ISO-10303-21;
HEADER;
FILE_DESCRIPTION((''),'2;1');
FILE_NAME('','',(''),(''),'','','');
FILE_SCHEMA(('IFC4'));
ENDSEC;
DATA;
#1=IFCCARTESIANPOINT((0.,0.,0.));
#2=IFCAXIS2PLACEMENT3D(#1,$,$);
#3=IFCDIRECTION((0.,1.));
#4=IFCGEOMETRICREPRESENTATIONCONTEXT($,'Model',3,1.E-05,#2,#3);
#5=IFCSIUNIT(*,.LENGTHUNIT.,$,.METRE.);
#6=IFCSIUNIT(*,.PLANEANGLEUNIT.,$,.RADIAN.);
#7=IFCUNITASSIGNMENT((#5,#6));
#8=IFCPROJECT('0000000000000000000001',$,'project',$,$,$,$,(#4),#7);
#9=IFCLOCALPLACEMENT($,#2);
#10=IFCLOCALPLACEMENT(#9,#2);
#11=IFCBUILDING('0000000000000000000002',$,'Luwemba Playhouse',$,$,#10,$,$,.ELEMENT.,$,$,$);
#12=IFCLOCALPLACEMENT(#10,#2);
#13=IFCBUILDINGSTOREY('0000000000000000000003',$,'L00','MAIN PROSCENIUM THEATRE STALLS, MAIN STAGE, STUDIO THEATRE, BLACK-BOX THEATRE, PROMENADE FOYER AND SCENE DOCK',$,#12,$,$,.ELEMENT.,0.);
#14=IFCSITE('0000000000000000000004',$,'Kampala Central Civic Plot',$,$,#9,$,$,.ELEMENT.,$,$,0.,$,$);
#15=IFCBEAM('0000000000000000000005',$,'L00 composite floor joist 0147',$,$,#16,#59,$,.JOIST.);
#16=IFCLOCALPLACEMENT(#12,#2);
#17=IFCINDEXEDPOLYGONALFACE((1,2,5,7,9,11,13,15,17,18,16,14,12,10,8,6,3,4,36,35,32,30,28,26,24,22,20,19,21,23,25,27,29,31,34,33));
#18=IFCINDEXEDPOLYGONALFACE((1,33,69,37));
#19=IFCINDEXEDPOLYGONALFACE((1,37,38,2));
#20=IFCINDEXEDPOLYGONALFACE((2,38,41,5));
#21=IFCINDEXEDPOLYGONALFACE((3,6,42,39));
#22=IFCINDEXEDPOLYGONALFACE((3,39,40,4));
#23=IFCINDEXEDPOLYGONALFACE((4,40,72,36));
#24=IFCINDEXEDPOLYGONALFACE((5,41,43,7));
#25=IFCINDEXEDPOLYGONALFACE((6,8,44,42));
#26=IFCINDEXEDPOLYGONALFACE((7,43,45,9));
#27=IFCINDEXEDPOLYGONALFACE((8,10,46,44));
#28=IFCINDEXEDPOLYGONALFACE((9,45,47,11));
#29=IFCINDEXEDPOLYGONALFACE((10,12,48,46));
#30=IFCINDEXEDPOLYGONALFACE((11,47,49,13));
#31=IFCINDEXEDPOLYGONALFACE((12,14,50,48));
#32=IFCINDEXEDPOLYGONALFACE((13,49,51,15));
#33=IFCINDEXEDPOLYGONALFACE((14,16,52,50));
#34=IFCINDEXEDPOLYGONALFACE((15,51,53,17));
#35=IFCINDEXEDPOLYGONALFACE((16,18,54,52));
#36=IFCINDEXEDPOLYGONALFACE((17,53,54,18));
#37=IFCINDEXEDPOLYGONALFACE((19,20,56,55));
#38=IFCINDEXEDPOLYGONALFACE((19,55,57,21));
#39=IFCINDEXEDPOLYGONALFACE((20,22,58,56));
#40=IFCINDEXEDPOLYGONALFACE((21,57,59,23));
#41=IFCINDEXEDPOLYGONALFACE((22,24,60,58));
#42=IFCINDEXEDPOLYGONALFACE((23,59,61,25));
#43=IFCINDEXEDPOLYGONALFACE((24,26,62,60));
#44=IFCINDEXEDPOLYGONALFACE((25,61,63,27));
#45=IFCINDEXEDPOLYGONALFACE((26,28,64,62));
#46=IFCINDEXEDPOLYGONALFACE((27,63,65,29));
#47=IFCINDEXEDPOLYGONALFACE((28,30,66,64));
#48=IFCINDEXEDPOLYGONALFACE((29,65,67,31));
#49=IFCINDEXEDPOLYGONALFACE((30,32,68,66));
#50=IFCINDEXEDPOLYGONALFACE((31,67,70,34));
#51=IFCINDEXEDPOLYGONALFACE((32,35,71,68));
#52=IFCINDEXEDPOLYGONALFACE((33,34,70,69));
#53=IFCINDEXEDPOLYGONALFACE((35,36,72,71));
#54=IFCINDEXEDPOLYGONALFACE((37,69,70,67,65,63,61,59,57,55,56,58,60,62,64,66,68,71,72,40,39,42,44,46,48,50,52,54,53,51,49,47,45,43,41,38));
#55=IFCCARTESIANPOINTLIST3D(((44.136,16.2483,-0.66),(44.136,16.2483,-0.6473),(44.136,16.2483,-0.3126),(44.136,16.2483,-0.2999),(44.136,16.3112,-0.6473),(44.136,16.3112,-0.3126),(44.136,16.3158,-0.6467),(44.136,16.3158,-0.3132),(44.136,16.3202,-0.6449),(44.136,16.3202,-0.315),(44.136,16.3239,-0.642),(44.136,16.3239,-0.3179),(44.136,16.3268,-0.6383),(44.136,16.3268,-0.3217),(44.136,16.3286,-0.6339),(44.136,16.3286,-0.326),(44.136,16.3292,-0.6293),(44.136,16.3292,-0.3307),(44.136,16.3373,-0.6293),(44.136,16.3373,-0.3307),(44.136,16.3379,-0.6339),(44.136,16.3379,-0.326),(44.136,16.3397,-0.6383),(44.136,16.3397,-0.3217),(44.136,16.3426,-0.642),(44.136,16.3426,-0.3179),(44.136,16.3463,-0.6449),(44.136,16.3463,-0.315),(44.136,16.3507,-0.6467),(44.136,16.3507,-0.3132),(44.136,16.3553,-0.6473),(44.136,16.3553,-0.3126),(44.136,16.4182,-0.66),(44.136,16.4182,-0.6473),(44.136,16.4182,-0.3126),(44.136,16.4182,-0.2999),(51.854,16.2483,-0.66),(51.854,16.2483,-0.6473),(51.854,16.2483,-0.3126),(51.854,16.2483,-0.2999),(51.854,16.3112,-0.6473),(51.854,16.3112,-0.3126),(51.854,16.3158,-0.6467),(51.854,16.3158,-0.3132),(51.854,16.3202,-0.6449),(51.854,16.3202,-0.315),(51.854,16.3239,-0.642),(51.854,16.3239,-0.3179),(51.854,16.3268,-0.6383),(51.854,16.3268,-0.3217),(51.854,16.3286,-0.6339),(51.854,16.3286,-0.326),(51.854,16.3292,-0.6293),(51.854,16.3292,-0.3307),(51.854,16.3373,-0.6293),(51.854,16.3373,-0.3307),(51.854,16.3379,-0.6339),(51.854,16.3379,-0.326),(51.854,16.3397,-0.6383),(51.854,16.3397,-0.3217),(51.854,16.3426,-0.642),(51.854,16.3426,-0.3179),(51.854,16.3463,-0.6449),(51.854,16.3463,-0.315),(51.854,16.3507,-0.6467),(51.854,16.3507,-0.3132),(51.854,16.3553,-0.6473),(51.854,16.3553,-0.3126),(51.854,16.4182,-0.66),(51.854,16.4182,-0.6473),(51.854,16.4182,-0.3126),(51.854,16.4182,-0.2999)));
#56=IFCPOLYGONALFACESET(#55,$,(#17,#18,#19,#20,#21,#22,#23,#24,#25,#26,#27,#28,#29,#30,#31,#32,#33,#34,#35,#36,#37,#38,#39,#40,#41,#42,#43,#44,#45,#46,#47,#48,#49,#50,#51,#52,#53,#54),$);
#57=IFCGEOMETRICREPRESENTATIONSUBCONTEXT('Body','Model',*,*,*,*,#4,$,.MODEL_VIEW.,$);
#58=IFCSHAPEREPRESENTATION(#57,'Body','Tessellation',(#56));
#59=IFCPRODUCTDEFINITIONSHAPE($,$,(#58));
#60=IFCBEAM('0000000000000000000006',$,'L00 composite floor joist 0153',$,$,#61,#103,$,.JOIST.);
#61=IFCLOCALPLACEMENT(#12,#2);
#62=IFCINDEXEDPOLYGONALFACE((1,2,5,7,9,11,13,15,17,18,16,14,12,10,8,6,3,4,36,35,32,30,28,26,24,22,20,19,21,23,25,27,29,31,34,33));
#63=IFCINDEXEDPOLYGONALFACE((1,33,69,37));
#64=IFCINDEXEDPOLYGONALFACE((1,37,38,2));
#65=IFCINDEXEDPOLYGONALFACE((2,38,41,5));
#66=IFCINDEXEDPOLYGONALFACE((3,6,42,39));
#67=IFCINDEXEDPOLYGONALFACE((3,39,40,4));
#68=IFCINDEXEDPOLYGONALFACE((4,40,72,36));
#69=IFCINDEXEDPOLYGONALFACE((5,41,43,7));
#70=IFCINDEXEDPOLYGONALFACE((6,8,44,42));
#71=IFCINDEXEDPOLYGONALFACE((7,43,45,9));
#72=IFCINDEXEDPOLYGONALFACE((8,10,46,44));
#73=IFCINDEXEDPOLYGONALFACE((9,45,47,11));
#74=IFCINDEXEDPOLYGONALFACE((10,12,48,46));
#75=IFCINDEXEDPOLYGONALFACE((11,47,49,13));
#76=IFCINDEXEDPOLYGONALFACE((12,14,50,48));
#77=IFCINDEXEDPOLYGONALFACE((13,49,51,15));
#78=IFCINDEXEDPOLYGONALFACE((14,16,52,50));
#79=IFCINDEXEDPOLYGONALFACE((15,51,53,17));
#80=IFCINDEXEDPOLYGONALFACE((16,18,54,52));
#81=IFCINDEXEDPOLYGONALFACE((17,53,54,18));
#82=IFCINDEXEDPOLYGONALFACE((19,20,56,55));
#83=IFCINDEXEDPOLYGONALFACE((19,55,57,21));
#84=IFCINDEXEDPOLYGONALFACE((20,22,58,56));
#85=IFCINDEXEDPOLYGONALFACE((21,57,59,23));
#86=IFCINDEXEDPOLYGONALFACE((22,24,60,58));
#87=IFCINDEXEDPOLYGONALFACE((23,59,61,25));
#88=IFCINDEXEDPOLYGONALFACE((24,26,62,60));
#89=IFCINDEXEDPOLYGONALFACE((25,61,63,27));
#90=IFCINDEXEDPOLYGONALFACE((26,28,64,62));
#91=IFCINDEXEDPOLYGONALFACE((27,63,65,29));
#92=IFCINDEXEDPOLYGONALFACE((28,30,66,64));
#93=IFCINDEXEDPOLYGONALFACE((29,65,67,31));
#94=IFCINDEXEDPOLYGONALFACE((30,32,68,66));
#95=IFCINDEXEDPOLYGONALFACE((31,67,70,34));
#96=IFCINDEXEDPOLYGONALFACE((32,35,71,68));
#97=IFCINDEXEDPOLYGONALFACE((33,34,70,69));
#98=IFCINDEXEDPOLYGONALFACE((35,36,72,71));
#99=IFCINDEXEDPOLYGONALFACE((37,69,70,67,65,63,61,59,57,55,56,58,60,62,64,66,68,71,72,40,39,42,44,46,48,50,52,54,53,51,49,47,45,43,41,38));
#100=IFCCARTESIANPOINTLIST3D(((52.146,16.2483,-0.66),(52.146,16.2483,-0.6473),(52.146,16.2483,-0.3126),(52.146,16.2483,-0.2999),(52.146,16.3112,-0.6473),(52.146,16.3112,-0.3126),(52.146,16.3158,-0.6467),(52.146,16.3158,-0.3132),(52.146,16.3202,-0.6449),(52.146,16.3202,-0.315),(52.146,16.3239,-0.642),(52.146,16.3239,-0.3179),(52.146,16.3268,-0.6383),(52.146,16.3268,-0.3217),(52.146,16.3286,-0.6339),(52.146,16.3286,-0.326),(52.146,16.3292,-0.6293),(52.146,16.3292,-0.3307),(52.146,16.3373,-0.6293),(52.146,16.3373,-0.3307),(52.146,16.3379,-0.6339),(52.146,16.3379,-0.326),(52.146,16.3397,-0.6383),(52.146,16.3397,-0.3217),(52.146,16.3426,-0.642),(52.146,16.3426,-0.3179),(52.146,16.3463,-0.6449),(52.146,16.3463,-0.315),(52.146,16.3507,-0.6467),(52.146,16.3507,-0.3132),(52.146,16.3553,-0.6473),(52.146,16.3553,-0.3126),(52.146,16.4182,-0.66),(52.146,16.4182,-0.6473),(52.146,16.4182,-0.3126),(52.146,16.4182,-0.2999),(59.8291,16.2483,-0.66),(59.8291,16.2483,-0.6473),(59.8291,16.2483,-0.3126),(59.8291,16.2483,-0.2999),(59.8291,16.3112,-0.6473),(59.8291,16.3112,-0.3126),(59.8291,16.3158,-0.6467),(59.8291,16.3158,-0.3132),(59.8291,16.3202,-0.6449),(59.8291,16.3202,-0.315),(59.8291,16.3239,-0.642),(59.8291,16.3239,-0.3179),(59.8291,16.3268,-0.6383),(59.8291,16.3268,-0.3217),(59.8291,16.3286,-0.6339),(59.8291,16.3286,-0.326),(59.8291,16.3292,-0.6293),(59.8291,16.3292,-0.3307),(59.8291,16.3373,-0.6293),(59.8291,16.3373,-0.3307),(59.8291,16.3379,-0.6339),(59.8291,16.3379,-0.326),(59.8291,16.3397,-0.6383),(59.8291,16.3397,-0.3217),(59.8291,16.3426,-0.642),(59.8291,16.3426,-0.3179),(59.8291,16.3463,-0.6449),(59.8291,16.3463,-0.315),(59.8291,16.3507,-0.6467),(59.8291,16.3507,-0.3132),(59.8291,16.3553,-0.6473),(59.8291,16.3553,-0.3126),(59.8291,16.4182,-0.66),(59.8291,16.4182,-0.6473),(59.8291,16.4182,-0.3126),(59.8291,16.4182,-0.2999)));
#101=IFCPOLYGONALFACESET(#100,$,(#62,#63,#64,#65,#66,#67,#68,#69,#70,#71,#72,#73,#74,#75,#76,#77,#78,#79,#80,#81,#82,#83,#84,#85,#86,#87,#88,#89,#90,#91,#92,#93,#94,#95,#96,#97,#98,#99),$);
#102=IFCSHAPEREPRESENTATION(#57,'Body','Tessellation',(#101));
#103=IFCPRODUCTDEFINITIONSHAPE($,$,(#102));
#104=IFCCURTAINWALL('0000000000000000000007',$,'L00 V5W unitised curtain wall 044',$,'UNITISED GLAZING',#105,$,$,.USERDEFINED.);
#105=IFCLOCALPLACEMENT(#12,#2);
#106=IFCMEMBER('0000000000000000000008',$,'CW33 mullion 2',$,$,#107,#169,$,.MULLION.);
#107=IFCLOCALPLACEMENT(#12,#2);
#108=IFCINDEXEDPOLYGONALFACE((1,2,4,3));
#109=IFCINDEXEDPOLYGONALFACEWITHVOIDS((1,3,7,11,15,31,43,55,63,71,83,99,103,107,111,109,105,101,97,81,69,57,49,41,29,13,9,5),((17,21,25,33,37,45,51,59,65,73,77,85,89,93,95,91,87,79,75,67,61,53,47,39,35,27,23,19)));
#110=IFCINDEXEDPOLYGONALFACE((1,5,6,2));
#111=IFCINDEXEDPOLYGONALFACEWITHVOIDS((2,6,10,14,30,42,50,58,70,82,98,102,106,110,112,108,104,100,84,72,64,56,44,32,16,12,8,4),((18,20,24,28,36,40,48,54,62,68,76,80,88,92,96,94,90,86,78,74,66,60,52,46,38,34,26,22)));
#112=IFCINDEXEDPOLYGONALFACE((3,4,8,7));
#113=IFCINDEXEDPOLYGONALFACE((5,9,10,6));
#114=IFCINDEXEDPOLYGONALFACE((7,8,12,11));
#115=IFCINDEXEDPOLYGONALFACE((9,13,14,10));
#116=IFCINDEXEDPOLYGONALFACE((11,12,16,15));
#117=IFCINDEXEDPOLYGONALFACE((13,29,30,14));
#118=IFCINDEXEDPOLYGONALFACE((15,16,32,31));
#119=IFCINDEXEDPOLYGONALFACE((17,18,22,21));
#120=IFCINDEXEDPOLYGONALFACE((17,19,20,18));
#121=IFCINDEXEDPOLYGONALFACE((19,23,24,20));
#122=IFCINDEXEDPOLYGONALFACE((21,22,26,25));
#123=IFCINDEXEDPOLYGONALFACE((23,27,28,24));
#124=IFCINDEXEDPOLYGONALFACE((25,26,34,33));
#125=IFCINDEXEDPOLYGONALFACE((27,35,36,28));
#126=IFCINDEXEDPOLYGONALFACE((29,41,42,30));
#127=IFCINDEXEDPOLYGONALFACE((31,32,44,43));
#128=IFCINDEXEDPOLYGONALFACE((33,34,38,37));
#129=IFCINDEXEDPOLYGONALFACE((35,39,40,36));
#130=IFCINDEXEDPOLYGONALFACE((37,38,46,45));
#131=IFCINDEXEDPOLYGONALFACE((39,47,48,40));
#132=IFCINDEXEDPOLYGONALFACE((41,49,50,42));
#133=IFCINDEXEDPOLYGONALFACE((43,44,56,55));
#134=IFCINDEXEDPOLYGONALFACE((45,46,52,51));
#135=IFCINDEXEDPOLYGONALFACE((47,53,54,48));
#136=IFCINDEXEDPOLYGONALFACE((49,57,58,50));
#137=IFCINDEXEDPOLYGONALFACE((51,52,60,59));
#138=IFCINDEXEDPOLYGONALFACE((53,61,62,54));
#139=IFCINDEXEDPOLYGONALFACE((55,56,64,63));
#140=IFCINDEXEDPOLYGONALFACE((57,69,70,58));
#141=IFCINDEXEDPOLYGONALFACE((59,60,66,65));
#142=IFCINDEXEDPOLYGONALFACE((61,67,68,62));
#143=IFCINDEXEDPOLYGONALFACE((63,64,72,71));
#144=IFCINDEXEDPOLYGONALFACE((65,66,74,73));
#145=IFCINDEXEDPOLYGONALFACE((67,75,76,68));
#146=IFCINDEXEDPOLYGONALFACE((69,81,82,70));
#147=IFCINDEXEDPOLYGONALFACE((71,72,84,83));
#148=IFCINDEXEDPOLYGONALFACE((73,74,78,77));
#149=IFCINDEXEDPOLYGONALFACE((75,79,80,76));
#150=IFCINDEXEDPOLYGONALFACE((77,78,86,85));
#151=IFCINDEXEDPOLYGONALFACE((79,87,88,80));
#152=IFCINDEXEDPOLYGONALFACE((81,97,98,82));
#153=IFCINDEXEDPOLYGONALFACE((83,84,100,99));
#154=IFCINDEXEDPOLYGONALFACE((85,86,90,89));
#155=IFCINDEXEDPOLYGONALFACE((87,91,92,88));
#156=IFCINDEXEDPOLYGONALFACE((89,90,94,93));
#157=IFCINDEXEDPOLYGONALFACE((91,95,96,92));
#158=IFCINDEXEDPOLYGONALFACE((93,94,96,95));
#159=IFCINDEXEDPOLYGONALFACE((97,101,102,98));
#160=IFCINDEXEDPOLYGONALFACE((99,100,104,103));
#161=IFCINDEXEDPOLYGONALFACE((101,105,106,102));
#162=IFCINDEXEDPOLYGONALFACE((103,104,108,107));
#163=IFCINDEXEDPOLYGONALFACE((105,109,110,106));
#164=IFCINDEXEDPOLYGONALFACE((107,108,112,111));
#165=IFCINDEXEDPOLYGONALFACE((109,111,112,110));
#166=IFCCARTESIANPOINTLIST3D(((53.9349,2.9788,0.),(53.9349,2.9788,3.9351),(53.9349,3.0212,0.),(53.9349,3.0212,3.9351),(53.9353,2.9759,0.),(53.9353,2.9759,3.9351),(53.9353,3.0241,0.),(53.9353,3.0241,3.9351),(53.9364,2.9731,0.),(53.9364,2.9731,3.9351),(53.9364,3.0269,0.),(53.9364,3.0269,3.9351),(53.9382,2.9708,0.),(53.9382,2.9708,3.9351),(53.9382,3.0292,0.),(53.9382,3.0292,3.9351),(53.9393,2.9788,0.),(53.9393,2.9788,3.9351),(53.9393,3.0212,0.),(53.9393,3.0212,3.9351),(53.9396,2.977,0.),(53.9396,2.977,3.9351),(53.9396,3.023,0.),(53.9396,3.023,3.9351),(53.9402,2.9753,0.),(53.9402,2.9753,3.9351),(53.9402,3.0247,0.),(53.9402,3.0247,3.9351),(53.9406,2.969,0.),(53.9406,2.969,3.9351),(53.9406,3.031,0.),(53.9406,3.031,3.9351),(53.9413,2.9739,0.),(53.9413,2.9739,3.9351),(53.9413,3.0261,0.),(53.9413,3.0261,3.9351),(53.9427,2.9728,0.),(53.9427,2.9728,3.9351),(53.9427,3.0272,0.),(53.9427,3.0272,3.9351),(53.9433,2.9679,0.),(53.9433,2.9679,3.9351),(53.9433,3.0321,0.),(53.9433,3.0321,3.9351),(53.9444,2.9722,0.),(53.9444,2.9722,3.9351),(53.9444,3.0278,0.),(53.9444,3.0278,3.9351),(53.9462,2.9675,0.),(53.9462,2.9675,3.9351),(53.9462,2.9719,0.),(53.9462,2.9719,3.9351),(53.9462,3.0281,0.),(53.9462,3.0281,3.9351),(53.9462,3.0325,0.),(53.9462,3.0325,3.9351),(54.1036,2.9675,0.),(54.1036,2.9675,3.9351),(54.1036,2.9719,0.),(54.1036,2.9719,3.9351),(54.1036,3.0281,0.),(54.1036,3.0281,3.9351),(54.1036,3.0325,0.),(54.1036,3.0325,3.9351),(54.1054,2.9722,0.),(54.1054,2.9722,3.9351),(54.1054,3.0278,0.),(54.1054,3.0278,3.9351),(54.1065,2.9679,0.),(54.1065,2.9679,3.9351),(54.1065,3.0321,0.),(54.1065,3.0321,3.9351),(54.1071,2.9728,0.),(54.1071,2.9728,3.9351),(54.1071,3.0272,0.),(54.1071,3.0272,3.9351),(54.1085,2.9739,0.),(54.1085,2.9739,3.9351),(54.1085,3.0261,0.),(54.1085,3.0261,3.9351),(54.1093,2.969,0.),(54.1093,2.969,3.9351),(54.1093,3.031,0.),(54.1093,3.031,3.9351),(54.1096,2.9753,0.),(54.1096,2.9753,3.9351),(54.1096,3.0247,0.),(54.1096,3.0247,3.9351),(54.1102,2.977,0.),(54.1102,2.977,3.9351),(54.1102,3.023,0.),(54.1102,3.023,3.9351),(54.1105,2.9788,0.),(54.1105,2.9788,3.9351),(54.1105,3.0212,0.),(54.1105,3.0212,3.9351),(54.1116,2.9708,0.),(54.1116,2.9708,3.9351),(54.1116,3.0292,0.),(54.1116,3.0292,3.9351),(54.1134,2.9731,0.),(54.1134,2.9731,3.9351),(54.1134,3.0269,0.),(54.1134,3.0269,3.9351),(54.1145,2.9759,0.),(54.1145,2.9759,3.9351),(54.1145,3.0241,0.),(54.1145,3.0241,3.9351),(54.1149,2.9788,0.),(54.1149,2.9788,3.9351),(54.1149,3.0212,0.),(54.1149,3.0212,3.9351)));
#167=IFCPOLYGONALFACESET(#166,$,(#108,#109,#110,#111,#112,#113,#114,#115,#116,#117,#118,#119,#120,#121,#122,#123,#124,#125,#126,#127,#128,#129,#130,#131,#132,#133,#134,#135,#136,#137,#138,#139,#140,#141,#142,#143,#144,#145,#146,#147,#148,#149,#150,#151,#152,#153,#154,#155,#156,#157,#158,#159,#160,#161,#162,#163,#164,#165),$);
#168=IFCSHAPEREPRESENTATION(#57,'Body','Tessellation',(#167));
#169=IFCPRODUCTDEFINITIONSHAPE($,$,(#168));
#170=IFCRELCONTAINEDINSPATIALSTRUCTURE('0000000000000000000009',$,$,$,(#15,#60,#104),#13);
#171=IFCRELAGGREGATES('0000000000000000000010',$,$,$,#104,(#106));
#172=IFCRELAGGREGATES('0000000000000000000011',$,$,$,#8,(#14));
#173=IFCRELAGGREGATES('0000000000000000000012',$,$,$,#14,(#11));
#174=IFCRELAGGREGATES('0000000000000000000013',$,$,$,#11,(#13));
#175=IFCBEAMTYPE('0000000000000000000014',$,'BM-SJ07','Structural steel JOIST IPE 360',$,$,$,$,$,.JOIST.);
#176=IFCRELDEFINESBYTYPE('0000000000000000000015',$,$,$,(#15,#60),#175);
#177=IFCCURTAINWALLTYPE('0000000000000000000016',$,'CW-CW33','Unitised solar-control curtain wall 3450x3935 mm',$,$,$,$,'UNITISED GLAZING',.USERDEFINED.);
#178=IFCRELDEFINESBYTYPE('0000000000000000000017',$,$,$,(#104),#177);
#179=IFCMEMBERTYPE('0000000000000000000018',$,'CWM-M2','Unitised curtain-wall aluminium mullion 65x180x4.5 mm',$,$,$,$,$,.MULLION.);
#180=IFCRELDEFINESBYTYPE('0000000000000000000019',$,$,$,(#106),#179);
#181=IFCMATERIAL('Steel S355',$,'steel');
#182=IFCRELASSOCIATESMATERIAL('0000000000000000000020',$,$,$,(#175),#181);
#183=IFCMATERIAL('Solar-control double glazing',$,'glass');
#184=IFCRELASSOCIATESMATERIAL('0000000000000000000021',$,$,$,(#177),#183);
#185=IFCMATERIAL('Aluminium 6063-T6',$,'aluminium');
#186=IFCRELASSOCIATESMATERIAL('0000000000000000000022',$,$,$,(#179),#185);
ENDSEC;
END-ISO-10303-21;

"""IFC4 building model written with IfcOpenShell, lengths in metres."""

from ifc_helpers import new_model, si_unit, direction, frame, origin, origin_2d, place, context, subcontext, project, spatial, hollow_rectangle, i_section, extrude, material, material_profile, profile_set, type_object, element, aggregate, save


model = new_model("IFC4")

# Units and contexts
model_context = context("Model", 3, precision=1e-05, world=origin(), true_north=direction((0.0, 1.0)))
body_context = subcontext(model_context, "Body", "Model", "MODEL_VIEW")
ifc_project = project(units=[si_unit("LENGTHUNIT", "METRE"), si_unit("PLANEANGLEUNIT", "RADIAN")], contexts=[model_context])

# Site, building, storey
site_placement = place(None, origin())
site = spatial("IfcSite", under=ifc_project, at=site_placement, Name="Kampala Central Civic Plot", CompositionType="ELEMENT", RefElevation=0.0)
building_placement = place(site_placement, origin())
building = spatial("IfcBuilding", under=site, at=building_placement, Name="Luwemba Playhouse", CompositionType="ELEMENT")
storey_placement = place(building_placement, origin())
storey = spatial("IfcBuildingStorey", under=building, at=storey_placement, Name="L00", Description="MAIN PROSCENIUM THEATRE STALLS, MAIN STAGE, STUDIO THEATRE, BLACK-BOX THEATRE, PROMENADE FOYER AND SCENE DOCK", CompositionType="ELEMENT", Elevation=0.0)

# Beams
ifc_material_1 = material(Name="Steel S355", Category="steel")
ifc_material_profile_1 = material_profile(ifc_material_1, i_section(OverallWidth=0.1699, OverallDepth=0.3601, WebThickness=0.0081, FlangeThickness=0.0127, FilletRadius=0.0181, at=origin_2d()))
ifc_profile_set_1 = profile_set([ifc_material_profile_1], Name="Steel S355")
beam_type_1 = type_object("IfcBeamType", Name="BM-SJ07", Description="Structural steel JOIST IPE 360", PredefinedType="JOIST", material=ifc_profile_set_1)
beam_1_placement = place(storey_placement, frame((44.136, 16.3333, -0.48), z_axis=(1.0, 0.0, 0.0), x_axis=(0.0, 1.0, 0.0)))
element("IfcBeam", 1, at=beam_1_placement, inside=storey, type_object=beam_type_1, Name="L00 composite floor joist 0147", PredefinedType="JOIST", context=body_context, shape_type="SweptSolid", body=[
    extrude(i_section(OverallWidth=0.1699, OverallDepth=0.3601, WebThickness=0.0081, FlangeThickness=0.0127, FilletRadius=0.0181, at=origin_2d()), origin(), (0.0, 0.0, 1.0), 7.718),
])
beam_2_placement = place(storey_placement, frame((52.146, 16.3333, -0.48), z_axis=(1.0, 0.0, 0.0), x_axis=(0.0, 1.0, 0.0)))
element("IfcBeam", 2, at=beam_2_placement, inside=storey, type_object=beam_type_1, Name="L00 composite floor joist 0153", PredefinedType="JOIST", context=body_context, shape_type="SweptSolid", body=[
    extrude(i_section(OverallWidth=0.1699, OverallDepth=0.3601, WebThickness=0.0081, FlangeThickness=0.0127, FilletRadius=0.0181, at=origin_2d()), origin(), (0.0, 0.0, 1.0), 7.6831),
])

# Curtain wall, member
ifc_material_2 = material(Name="Solar-control double glazing", Category="glass")
curtain_wall_type = type_object("IfcCurtainWallType", Name="CW-CW33", Description="Unitised solar-control curtain wall 3450x3935 mm", ElementType="UNITISED GLAZING", PredefinedType="USERDEFINED", material=ifc_material_2)
curtain_wall_placement = place(storey_placement, origin())
curtain_wall = element("IfcCurtainWall", 3, at=curtain_wall_placement, inside=storey, type_object=curtain_wall_type, Name="L00 V5W unitised curtain wall 044", ObjectType="UNITISED GLAZING", PredefinedType="USERDEFINED")
ifc_material_3 = material(Name="Aluminium 6063-T6", Category="aluminium")
ifc_material_profile_2 = material_profile(ifc_material_3, hollow_rectangle(XDim=0.0649, YDim=0.1799, WallThickness=0.0044, InnerFilletRadius=0.0068, OuterFilletRadius=0.0112, at=origin_2d()))
ifc_profile_set_2 = profile_set([ifc_material_profile_2], Name="Aluminium 6063-T6")
member_type_1 = type_object("IfcMemberType", Name="CWM-M2", Description="Unitised curtain-wall aluminium mullion 65x180x4.5 mm", PredefinedType="MULLION", material=ifc_profile_set_2)
member_1_placement = place(storey_placement, frame((54.0249, 3.0, 0.0), z_axis=(0.0, 0.0, 1.0), x_axis=(0.0, -1.0, 0.0)))
member_1 = element("IfcMember", 4, at=member_1_placement, type_object=member_type_1, Name="CW33 mullion 2", PredefinedType="MULLION", context=body_context, shape_type="SweptSolid", body=[
    extrude(hollow_rectangle(XDim=0.0649, YDim=0.1799, WallThickness=0.0044, InnerFilletRadius=0.0068, OuterFilletRadius=0.0112, at=origin_2d()), origin(), (0.0, 0.0, 1.0), 3.9351),
])
aggregate(curtain_wall, [member_1])

save(model, "model.ifc")
